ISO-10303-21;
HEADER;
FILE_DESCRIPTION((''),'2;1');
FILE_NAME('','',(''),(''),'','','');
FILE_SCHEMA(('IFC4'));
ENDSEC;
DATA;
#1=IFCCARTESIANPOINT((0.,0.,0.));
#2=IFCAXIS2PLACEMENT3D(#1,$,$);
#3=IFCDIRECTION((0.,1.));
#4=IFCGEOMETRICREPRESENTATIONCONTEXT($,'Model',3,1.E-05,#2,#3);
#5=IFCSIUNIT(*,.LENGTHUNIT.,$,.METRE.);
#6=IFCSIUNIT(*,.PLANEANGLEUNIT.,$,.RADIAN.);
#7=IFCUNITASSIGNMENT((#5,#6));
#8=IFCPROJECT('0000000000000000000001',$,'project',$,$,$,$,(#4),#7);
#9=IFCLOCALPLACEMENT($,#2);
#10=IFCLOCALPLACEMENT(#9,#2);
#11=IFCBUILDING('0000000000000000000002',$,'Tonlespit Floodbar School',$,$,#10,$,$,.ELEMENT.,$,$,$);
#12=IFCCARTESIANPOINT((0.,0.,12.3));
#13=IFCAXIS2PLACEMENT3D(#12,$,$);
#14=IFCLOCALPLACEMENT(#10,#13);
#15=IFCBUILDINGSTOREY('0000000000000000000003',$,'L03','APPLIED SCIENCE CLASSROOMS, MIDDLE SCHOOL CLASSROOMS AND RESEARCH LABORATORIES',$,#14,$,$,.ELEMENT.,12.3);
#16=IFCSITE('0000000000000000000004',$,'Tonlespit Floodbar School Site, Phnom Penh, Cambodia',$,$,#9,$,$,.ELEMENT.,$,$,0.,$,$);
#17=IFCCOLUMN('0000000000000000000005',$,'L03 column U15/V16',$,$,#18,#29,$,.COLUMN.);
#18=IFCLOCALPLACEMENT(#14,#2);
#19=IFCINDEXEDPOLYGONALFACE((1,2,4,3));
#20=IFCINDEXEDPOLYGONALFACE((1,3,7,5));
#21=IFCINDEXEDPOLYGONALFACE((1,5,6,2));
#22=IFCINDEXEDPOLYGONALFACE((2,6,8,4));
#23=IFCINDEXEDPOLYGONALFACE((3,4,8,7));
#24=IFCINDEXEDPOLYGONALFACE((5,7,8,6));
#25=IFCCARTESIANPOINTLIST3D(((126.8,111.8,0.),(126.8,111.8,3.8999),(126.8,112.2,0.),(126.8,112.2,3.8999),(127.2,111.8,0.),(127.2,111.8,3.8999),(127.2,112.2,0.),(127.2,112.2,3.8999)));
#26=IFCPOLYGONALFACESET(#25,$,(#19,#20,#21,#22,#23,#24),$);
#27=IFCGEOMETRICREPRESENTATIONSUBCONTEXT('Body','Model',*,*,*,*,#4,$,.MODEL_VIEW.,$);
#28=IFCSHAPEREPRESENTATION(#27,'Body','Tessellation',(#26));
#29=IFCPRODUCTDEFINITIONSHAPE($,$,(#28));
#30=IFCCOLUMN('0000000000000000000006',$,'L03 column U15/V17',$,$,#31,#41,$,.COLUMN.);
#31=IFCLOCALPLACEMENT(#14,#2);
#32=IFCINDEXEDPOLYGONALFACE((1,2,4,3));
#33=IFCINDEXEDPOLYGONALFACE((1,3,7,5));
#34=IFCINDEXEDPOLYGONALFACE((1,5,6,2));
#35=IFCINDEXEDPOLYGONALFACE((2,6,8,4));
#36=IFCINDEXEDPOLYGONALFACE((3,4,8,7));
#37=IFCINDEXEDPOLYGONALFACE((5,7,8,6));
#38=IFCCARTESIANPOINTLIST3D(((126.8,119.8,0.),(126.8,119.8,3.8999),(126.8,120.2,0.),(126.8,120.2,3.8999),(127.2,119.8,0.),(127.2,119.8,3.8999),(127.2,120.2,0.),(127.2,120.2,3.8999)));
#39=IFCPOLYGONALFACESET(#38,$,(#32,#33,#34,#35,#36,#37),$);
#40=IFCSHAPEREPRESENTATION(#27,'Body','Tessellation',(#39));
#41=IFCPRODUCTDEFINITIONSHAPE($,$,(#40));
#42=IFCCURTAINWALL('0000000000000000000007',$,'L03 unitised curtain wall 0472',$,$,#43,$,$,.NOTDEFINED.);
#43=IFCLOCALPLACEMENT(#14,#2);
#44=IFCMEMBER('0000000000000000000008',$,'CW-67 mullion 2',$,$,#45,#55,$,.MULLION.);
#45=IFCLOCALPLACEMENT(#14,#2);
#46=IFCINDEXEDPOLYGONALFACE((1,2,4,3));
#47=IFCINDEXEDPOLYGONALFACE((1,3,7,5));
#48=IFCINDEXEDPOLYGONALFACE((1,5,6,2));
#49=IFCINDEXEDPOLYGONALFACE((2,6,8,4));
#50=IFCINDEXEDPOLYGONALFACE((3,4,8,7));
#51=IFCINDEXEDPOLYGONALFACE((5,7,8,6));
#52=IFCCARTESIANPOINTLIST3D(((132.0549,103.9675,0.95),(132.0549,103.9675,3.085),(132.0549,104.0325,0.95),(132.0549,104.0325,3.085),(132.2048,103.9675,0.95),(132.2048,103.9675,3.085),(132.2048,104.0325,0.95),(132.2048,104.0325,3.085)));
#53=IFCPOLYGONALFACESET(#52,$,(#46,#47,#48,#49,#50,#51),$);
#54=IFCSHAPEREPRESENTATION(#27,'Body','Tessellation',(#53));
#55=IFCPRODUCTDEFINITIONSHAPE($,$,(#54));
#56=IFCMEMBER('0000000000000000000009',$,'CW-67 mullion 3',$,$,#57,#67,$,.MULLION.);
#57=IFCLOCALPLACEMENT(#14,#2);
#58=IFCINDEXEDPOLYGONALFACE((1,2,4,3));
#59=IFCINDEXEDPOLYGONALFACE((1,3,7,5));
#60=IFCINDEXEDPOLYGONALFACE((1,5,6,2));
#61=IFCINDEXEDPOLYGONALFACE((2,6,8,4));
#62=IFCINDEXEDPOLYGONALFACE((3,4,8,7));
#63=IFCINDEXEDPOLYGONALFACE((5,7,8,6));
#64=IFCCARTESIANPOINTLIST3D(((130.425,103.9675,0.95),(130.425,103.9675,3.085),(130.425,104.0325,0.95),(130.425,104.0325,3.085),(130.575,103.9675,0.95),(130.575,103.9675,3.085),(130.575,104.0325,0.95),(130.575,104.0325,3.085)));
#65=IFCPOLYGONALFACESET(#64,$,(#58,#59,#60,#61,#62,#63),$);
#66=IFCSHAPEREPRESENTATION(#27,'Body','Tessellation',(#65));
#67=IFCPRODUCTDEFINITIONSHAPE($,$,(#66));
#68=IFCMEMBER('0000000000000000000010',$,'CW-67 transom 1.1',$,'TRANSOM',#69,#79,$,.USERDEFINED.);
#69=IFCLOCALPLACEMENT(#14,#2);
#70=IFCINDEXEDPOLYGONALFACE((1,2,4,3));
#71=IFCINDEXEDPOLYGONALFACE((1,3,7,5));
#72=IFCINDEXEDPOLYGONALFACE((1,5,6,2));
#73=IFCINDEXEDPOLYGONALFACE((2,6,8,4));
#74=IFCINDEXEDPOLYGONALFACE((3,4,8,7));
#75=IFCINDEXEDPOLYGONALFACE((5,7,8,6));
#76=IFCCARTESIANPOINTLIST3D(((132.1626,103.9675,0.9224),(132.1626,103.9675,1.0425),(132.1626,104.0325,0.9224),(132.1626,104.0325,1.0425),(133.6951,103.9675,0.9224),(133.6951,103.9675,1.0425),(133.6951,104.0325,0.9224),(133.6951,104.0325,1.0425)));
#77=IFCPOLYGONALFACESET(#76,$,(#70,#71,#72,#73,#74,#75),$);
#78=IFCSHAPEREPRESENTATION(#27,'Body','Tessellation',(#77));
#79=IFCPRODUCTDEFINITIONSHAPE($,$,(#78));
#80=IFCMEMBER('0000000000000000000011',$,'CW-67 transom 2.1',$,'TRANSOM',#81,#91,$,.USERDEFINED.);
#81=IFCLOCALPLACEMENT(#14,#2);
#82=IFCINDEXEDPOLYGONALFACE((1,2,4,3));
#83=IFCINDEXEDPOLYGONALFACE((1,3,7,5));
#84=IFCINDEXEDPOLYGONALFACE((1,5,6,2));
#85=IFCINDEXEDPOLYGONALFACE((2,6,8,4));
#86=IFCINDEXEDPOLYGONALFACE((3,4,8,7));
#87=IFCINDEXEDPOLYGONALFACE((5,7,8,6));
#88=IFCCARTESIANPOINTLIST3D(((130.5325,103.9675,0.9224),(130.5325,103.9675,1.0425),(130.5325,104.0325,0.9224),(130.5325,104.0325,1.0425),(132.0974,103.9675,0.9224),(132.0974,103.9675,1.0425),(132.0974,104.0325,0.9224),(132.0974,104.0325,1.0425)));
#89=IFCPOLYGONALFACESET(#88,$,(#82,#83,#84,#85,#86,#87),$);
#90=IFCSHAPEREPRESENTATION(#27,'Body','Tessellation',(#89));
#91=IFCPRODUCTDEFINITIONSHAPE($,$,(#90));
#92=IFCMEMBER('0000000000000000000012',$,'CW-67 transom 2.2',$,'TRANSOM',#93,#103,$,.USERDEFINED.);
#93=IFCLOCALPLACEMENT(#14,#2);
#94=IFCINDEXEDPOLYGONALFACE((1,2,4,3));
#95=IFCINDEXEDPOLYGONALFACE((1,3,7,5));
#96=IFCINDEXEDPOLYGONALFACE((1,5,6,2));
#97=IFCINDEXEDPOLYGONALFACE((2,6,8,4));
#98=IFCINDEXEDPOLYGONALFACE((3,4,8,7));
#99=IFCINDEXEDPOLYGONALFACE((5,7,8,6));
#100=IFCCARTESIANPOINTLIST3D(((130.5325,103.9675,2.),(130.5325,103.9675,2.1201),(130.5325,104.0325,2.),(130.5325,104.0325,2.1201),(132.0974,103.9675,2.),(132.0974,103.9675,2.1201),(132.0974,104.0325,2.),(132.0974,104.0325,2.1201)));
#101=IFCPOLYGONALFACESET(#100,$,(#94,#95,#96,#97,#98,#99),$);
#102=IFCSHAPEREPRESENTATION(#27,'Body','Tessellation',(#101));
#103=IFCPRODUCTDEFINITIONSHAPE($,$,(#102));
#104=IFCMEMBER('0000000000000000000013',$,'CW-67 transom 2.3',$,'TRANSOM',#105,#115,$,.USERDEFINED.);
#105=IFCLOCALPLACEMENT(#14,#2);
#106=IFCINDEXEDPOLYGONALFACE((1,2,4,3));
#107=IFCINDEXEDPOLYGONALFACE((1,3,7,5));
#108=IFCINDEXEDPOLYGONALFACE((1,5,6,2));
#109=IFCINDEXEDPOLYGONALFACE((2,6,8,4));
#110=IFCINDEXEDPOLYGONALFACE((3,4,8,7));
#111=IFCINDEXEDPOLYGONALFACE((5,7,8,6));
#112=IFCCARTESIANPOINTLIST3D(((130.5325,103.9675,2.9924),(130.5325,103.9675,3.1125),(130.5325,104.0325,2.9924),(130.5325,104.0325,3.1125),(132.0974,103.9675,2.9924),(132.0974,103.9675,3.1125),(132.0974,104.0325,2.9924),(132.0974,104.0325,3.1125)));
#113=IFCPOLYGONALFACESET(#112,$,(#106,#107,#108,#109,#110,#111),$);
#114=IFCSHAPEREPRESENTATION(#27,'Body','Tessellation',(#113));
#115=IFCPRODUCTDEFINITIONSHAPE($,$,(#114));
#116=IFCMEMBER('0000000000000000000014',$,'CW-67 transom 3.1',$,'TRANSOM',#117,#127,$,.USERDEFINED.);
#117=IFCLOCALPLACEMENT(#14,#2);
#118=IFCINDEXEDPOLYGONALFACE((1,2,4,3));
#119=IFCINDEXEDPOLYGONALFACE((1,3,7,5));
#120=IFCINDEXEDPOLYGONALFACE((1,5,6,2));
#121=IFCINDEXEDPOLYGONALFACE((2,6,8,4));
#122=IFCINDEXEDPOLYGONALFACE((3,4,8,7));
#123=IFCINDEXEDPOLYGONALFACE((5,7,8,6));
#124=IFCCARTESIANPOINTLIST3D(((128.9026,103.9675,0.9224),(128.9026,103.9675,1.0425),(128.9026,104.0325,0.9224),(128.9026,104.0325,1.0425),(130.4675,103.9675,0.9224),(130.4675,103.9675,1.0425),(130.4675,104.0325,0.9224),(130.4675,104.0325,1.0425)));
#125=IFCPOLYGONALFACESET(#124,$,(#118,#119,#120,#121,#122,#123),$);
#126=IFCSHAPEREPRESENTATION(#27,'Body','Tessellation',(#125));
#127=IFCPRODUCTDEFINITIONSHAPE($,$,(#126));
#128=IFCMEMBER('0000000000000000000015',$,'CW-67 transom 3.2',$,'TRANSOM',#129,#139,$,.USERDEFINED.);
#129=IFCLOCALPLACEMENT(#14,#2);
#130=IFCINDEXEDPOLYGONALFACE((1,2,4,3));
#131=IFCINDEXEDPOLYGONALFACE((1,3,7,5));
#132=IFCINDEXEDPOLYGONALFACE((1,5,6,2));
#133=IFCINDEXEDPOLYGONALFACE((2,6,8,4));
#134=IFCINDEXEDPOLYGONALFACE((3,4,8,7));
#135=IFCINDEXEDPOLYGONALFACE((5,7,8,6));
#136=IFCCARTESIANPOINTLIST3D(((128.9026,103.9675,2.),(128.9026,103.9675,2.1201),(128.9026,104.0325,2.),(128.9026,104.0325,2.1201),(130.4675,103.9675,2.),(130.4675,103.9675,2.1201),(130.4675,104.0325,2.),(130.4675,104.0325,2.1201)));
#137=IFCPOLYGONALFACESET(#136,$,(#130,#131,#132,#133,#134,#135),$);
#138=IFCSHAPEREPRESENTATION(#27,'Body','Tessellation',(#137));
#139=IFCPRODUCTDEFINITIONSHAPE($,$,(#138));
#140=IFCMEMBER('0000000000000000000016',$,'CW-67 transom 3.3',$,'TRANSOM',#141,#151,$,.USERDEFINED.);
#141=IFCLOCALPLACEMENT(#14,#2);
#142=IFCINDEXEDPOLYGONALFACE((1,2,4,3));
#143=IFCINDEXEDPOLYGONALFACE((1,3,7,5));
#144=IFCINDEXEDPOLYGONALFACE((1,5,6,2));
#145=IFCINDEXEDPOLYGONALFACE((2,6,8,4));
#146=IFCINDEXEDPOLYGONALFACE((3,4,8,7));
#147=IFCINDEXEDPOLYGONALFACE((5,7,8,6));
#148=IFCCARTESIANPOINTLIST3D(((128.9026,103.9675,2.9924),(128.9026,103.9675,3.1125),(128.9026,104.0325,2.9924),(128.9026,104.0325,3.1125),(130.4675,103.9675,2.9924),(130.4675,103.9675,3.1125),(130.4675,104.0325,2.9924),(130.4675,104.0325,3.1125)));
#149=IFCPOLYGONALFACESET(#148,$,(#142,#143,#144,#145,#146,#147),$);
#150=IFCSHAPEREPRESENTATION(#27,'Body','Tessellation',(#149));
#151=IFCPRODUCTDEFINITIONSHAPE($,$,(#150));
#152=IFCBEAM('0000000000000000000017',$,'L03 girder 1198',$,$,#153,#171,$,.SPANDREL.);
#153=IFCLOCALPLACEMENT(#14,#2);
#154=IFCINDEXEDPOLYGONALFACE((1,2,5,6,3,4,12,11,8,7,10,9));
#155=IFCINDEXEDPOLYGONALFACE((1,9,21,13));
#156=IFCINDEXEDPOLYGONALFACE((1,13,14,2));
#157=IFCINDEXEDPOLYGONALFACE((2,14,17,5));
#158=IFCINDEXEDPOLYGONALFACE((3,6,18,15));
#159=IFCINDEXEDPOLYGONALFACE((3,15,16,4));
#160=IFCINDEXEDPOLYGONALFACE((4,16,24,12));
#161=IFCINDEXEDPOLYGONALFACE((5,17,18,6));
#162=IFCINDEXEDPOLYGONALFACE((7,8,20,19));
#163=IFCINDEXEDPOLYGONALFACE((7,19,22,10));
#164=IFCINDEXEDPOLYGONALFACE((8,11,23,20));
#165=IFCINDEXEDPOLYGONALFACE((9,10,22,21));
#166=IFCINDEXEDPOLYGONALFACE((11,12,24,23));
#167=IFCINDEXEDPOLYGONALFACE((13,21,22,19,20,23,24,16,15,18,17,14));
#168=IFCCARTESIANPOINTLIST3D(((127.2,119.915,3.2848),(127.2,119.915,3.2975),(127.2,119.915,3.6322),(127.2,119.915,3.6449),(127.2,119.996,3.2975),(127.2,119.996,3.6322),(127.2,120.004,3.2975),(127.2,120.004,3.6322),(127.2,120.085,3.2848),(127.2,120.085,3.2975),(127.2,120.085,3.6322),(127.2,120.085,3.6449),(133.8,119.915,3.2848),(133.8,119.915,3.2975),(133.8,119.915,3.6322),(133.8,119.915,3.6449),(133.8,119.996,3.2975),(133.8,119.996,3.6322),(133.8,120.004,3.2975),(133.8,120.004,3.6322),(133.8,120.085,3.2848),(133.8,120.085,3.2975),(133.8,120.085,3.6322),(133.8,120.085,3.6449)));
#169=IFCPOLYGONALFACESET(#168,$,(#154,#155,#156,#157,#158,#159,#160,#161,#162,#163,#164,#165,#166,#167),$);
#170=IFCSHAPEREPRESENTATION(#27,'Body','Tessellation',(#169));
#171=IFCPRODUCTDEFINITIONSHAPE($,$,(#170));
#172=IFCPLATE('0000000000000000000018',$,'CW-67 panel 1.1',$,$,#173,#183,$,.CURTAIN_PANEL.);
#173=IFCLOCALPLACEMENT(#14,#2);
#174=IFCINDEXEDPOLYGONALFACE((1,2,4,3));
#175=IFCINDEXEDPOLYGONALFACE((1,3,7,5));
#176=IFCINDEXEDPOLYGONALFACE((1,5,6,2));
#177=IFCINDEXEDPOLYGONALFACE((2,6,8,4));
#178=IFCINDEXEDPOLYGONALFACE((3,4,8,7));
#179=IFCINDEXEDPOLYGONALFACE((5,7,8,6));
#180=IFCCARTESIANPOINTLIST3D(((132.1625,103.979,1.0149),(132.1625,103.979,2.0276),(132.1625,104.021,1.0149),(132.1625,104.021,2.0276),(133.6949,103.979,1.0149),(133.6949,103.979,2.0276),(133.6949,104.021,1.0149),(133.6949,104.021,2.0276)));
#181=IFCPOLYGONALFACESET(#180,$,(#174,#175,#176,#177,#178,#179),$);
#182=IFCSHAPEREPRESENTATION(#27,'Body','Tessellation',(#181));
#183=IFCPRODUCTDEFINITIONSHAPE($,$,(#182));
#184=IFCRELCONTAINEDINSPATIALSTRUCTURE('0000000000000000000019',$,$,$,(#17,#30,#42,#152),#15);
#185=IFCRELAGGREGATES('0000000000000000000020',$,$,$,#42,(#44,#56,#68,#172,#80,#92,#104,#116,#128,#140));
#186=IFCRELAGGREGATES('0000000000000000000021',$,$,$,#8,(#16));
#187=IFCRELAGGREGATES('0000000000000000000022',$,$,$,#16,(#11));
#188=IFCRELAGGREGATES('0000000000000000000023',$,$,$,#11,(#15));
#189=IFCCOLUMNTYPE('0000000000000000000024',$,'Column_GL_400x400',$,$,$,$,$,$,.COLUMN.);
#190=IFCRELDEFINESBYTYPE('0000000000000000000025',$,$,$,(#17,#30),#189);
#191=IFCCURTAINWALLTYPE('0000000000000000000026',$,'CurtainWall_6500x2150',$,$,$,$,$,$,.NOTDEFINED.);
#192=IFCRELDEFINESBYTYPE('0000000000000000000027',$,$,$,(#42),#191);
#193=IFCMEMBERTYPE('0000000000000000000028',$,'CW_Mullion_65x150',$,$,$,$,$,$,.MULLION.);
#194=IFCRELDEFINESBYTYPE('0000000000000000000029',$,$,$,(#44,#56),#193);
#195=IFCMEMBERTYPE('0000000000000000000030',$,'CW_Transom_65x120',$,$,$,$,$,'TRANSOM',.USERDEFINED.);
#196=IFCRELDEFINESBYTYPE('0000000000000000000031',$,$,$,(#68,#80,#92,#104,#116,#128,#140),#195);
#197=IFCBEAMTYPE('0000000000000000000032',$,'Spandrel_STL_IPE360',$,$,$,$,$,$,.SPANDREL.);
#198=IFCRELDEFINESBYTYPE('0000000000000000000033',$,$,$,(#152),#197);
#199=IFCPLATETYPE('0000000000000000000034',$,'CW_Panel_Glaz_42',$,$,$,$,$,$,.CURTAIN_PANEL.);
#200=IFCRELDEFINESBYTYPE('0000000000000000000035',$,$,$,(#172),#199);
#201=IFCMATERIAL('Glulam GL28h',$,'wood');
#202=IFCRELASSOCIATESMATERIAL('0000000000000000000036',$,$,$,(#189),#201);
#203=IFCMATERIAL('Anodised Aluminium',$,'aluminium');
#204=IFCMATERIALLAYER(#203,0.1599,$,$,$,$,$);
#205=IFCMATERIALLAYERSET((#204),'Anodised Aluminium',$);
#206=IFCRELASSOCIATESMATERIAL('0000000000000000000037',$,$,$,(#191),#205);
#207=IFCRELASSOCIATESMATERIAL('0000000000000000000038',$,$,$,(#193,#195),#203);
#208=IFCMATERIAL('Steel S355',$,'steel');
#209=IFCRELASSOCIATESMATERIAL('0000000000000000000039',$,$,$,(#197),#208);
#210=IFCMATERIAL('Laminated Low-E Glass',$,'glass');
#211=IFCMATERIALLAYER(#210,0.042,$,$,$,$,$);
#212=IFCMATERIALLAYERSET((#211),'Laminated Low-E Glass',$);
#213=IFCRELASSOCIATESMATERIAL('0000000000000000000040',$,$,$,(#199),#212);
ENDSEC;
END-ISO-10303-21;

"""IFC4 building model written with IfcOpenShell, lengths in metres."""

from ifc_helpers import new_model, si_unit, direction, frame, origin, origin_2d, place, context, subcontext, project, spatial, rectangle, i_section, extrude, material, layer, layer_set, material_profile, profile_set, type_object, element, aggregate, save


model = new_model("IFC4")

# Units and contexts
model_context = context("Model", 3, precision=1e-05, world=origin(), true_north=direction((0.0, 1.0)))
body_context = subcontext(model_context, "Body", "Model", "MODEL_VIEW")
ifc_project = project(units=[si_unit("LENGTHUNIT", "METRE"), si_unit("PLANEANGLEUNIT", "RADIAN")], contexts=[model_context])

# Site, building, storey
site_placement = place(None, origin())
site = spatial("IfcSite", under=ifc_project, at=site_placement, Name="Tonlespit Floodbar School Site, Phnom Penh, Cambodia", CompositionType="ELEMENT", RefElevation=0.0)
building_placement = place(site_placement, origin())
building = spatial("IfcBuilding", under=site, at=building_placement, Name="Tonlespit Floodbar School", CompositionType="ELEMENT")
storey_placement = place(building_placement, frame((0.0, 0.0, 12.3)))
storey = spatial("IfcBuildingStorey", under=building, at=storey_placement, Name="L03", Description="APPLIED SCIENCE CLASSROOMS, MIDDLE SCHOOL CLASSROOMS AND RESEARCH LABORATORIES", CompositionType="ELEMENT", Elevation=12.3)

# Columns
ifc_material_1 = material(Name="Glulam GL28h", Category="wood")
ifc_material_profile_1 = material_profile(ifc_material_1, rectangle(XDim=0.3999, YDim=0.3999, at=origin_2d()), Name="GL 400x400")
ifc_profile_set_1 = profile_set([ifc_material_profile_1], Name="Glulam GL28h")
column_type = type_object("IfcColumnType", Name="Column_GL_400x400", PredefinedType="COLUMN", material=ifc_profile_set_1)
for number, where, z_axis, x_axis, name in (
    (1, (127.0, 112.0, 0.0), (0.0, 0.0, 1.0), (1.0, 0.0, 0.0), "L03 column U15/V16"),
    (2, (127.0, 120.0, 0.0), (0.0, 0.0, 1.0), (1.0, 0.0, 0.0), "L03 column U15/V17"),
):
    element("IfcColumn", number, at=place(storey_placement, frame(where, z_axis=z_axis, x_axis=x_axis)), inside=storey, type_object=column_type, Name=name, PredefinedType="COLUMN", context=body_context, shape_type="SweptSolid", body=[
        extrude(rectangle(XDim=0.3999, YDim=0.3999, at=origin_2d()), origin(), (0.0, 0.0, 1.0), 3.8999),
    ])

# Curtain wall, members
ifc_material_2 = material(Name="Anodised Aluminium", Category="aluminium")
ifc_layer_1 = layer(ifc_material_2, 0.1599)
ifc_layer_set_1 = layer_set([ifc_layer_1], Name="Anodised Aluminium")
curtain_wall_type = type_object("IfcCurtainWallType", Name="CurtainWall_6500x2150", PredefinedType="NOTDEFINED", material=ifc_layer_set_1)
curtain_wall_placement = place(storey_placement, origin())
curtain_wall = element("IfcCurtainWall", 3, at=curtain_wall_placement, inside=storey, type_object=curtain_wall_type, Name="L03 unitised curtain wall 0472", PredefinedType="NOTDEFINED")
ifc_material_profile_2 = material_profile(ifc_material_2, rectangle(XDim=0.0649, YDim=0.1499, at=origin_2d()), Name="ALU M65x150")
ifc_profile_set_2 = profile_set([ifc_material_profile_2], Name="Anodised Aluminium")
member_type_1 = type_object("IfcMemberType", Name="CW_Mullion_65x150", PredefinedType="MULLION", material=ifc_profile_set_2)
member_1_placement = place(storey_placement, frame((132.1299, 104.0, 0.95), z_axis=(0.0, 0.0, 1.0), x_axis=(0.0, -1.0, 0.0)))
member_1 = element("IfcMember", 4, at=member_1_placement, type_object=member_type_1, Name="CW-67 mullion 2", PredefinedType="MULLION", context=body_context, shape_type="SweptSolid", body=[
    extrude(rectangle(XDim=0.0649, YDim=0.1499, at=origin_2d()), origin(), (0.0, 0.0, 1.0), 2.135),
])
member_2_placement = place(storey_placement, frame((130.5, 104.0, 0.95), z_axis=(0.0, 0.0, 1.0), x_axis=(0.0, -1.0, 0.0)))
member_2 = element("IfcMember", 5, at=member_2_placement, type_object=member_type_1, Name="CW-67 mullion 3", PredefinedType="MULLION", context=body_context, shape_type="SweptSolid", body=[
    extrude(rectangle(XDim=0.0649, YDim=0.1499, at=origin_2d()), origin(), (0.0, 0.0, 1.0), 2.135),
])
ifc_material_profile_3 = material_profile(ifc_material_2, rectangle(XDim=0.0649, YDim=0.1201, at=origin_2d()), Name="ALU T65x120")
ifc_profile_set_3 = profile_set([ifc_material_profile_3], Name="Anodised Aluminium")
member_type_2 = type_object("IfcMemberType", Name="CW_Transom_65x120", ElementType="TRANSOM", PredefinedType="USERDEFINED", material=ifc_profile_set_3)
member_3_placement = place(storey_placement, frame((133.6951, 104.0, 0.9824), z_axis=(-1.0, 0.0, 0.0), x_axis=(0.0, -1.0, 0.0)))
member_3 = element("IfcMember", 6, at=member_3_placement, type_object=member_type_2, Name="CW-67 transom 1.1", ObjectType="TRANSOM", PredefinedType="USERDEFINED", context=body_context, shape_type="SweptSolid", body=[
    extrude(rectangle(XDim=0.0649, YDim=0.1201, at=origin_2d()), origin(), (0.0, 0.0, 1.0), 1.5325),
])
member_4_placement = place(storey_placement, frame((132.0974, 104.0, 0.9824), z_axis=(-1.0, 0.0, 0.0), x_axis=(0.0, -1.0, 0.0)))
member_4 = element("IfcMember", 7, at=member_4_placement, type_object=member_type_2, Name="CW-67 transom 2.1", ObjectType="TRANSOM", PredefinedType="USERDEFINED", context=body_context, shape_type="SweptSolid", body=[
    extrude(rectangle(XDim=0.0649, YDim=0.1201, at=origin_2d()), origin(), (0.0, 0.0, 1.0), 1.5649),
])
member_5_placement = place(storey_placement, frame((132.0974, 104.0, 2.0601), z_axis=(-1.0, 0.0, 0.0), x_axis=(0.0, -1.0, 0.0)))
member_5 = element("IfcMember", 8, at=member_5_placement, type_object=member_type_2, Name="CW-67 transom 2.2", ObjectType="TRANSOM", PredefinedType="USERDEFINED", context=body_context, shape_type="SweptSolid", body=[
    extrude(rectangle(XDim=0.0649, YDim=0.1201, at=origin_2d()), origin(), (0.0, 0.0, 1.0), 1.5649),
])
member_6_placement = place(storey_placement, frame((132.0974, 104.0, 3.0525), z_axis=(-1.0, 0.0, 0.0), x_axis=(0.0, -1.0, 0.0)))
member_6 = element("IfcMember", 9, at=member_6_placement, type_object=member_type_2, Name="CW-67 transom 2.3", ObjectType="TRANSOM", PredefinedType="USERDEFINED", context=body_context, shape_type="SweptSolid", body=[
    extrude(rectangle(XDim=0.0649, YDim=0.1201, at=origin_2d()), origin(), (0.0, 0.0, 1.0), 1.5649),
])
member_7_placement = place(storey_placement, frame((130.4675, 104.0, 0.9824), z_axis=(-1.0, 0.0, 0.0), x_axis=(0.0, -1.0, 0.0)))
member_7 = element("IfcMember", 10, at=member_7_placement, type_object=member_type_2, Name="CW-67 transom 3.1", ObjectType="TRANSOM", PredefinedType="USERDEFINED", context=body_context, shape_type="SweptSolid", body=[
    extrude(rectangle(XDim=0.0649, YDim=0.1201, at=origin_2d()), origin(), (0.0, 0.0, 1.0), 1.5649),
])
member_8_placement = place(storey_placement, frame((130.4675, 104.0, 2.0601), z_axis=(-1.0, 0.0, 0.0), x_axis=(0.0, -1.0, 0.0)))
member_8 = element("IfcMember", 11, at=member_8_placement, type_object=member_type_2, Name="CW-67 transom 3.2", ObjectType="TRANSOM", PredefinedType="USERDEFINED", context=body_context, shape_type="SweptSolid", body=[
    extrude(rectangle(XDim=0.0649, YDim=0.1201, at=origin_2d()), origin(), (0.0, 0.0, 1.0), 1.5649),
])
member_9_placement = place(storey_placement, frame((130.4675, 104.0, 3.0525), z_axis=(-1.0, 0.0, 0.0), x_axis=(0.0, -1.0, 0.0)))
member_9 = element("IfcMember", 12, at=member_9_placement, type_object=member_type_2, Name="CW-67 transom 3.3", ObjectType="TRANSOM", PredefinedType="USERDEFINED", context=body_context, shape_type="SweptSolid", body=[
    extrude(rectangle(XDim=0.0649, YDim=0.1201, at=origin_2d()), origin(), (0.0, 0.0, 1.0), 1.5649),
])

# Beam
ifc_material_3 = material(Name="Steel S355", Category="steel")
ifc_material_profile_4 = material_profile(ifc_material_3, i_section(OverallWidth=0.1699, OverallDepth=0.3601, WebThickness=0.0081, FlangeThickness=0.0127, at=origin_2d()), Name="IPE 360")
ifc_profile_set_4 = profile_set([ifc_material_profile_4], Name="Steel S355")
beam_type = type_object("IfcBeamType", Name="Spandrel_STL_IPE360", PredefinedType="SPANDREL", material=ifc_profile_set_4)
beam_placement = place(storey_placement, frame((127.2, 120.0, 3.4648), z_axis=(1.0, 0.0, 0.0), x_axis=(0.0, 1.0, 0.0)))
element("IfcBeam", 13, at=beam_placement, inside=storey, type_object=beam_type, Name="L03 girder 1198", PredefinedType="SPANDREL", context=body_context, shape_type="SweptSolid", body=[
    extrude(i_section(OverallWidth=0.1699, OverallDepth=0.3601, WebThickness=0.0081, FlangeThickness=0.0127, at=origin_2d()), origin(), (0.0, 0.0, 1.0), 6.6001),
])

# Plate
ifc_material_4 = material(Name="Laminated Low-E Glass", Category="glass")
ifc_layer_2 = layer(ifc_material_4, 0.042)
ifc_layer_set_2 = layer_set([ifc_layer_2], Name="Laminated Low-E Glass")
plate_type = type_object("IfcPlateType", Name="CW_Panel_Glaz_42", PredefinedType="CURTAIN_PANEL", material=ifc_layer_set_2)
plate_1_placement = place(storey_placement, frame((132.9287, 104.0, 1.0149), z_axis=(0.0, 0.0, 1.0), x_axis=(-1.0, 0.0, 0.0)))
plate_1 = element("IfcPlate", 14, at=plate_1_placement, type_object=plate_type, Name="CW-67 panel 1.1", PredefinedType="CURTAIN_PANEL", context=body_context, shape_type="SweptSolid", body=[
    extrude(rectangle(XDim=1.5325, YDim=0.042, at=origin_2d()), origin(), (0.0, 0.0, 1.0), 1.0127),
])
aggregate(curtain_wall, [member_1, member_2, member_3, plate_1, member_4, member_5, member_6, member_7, member_8, member_9])

save(model, "model.ifc")
